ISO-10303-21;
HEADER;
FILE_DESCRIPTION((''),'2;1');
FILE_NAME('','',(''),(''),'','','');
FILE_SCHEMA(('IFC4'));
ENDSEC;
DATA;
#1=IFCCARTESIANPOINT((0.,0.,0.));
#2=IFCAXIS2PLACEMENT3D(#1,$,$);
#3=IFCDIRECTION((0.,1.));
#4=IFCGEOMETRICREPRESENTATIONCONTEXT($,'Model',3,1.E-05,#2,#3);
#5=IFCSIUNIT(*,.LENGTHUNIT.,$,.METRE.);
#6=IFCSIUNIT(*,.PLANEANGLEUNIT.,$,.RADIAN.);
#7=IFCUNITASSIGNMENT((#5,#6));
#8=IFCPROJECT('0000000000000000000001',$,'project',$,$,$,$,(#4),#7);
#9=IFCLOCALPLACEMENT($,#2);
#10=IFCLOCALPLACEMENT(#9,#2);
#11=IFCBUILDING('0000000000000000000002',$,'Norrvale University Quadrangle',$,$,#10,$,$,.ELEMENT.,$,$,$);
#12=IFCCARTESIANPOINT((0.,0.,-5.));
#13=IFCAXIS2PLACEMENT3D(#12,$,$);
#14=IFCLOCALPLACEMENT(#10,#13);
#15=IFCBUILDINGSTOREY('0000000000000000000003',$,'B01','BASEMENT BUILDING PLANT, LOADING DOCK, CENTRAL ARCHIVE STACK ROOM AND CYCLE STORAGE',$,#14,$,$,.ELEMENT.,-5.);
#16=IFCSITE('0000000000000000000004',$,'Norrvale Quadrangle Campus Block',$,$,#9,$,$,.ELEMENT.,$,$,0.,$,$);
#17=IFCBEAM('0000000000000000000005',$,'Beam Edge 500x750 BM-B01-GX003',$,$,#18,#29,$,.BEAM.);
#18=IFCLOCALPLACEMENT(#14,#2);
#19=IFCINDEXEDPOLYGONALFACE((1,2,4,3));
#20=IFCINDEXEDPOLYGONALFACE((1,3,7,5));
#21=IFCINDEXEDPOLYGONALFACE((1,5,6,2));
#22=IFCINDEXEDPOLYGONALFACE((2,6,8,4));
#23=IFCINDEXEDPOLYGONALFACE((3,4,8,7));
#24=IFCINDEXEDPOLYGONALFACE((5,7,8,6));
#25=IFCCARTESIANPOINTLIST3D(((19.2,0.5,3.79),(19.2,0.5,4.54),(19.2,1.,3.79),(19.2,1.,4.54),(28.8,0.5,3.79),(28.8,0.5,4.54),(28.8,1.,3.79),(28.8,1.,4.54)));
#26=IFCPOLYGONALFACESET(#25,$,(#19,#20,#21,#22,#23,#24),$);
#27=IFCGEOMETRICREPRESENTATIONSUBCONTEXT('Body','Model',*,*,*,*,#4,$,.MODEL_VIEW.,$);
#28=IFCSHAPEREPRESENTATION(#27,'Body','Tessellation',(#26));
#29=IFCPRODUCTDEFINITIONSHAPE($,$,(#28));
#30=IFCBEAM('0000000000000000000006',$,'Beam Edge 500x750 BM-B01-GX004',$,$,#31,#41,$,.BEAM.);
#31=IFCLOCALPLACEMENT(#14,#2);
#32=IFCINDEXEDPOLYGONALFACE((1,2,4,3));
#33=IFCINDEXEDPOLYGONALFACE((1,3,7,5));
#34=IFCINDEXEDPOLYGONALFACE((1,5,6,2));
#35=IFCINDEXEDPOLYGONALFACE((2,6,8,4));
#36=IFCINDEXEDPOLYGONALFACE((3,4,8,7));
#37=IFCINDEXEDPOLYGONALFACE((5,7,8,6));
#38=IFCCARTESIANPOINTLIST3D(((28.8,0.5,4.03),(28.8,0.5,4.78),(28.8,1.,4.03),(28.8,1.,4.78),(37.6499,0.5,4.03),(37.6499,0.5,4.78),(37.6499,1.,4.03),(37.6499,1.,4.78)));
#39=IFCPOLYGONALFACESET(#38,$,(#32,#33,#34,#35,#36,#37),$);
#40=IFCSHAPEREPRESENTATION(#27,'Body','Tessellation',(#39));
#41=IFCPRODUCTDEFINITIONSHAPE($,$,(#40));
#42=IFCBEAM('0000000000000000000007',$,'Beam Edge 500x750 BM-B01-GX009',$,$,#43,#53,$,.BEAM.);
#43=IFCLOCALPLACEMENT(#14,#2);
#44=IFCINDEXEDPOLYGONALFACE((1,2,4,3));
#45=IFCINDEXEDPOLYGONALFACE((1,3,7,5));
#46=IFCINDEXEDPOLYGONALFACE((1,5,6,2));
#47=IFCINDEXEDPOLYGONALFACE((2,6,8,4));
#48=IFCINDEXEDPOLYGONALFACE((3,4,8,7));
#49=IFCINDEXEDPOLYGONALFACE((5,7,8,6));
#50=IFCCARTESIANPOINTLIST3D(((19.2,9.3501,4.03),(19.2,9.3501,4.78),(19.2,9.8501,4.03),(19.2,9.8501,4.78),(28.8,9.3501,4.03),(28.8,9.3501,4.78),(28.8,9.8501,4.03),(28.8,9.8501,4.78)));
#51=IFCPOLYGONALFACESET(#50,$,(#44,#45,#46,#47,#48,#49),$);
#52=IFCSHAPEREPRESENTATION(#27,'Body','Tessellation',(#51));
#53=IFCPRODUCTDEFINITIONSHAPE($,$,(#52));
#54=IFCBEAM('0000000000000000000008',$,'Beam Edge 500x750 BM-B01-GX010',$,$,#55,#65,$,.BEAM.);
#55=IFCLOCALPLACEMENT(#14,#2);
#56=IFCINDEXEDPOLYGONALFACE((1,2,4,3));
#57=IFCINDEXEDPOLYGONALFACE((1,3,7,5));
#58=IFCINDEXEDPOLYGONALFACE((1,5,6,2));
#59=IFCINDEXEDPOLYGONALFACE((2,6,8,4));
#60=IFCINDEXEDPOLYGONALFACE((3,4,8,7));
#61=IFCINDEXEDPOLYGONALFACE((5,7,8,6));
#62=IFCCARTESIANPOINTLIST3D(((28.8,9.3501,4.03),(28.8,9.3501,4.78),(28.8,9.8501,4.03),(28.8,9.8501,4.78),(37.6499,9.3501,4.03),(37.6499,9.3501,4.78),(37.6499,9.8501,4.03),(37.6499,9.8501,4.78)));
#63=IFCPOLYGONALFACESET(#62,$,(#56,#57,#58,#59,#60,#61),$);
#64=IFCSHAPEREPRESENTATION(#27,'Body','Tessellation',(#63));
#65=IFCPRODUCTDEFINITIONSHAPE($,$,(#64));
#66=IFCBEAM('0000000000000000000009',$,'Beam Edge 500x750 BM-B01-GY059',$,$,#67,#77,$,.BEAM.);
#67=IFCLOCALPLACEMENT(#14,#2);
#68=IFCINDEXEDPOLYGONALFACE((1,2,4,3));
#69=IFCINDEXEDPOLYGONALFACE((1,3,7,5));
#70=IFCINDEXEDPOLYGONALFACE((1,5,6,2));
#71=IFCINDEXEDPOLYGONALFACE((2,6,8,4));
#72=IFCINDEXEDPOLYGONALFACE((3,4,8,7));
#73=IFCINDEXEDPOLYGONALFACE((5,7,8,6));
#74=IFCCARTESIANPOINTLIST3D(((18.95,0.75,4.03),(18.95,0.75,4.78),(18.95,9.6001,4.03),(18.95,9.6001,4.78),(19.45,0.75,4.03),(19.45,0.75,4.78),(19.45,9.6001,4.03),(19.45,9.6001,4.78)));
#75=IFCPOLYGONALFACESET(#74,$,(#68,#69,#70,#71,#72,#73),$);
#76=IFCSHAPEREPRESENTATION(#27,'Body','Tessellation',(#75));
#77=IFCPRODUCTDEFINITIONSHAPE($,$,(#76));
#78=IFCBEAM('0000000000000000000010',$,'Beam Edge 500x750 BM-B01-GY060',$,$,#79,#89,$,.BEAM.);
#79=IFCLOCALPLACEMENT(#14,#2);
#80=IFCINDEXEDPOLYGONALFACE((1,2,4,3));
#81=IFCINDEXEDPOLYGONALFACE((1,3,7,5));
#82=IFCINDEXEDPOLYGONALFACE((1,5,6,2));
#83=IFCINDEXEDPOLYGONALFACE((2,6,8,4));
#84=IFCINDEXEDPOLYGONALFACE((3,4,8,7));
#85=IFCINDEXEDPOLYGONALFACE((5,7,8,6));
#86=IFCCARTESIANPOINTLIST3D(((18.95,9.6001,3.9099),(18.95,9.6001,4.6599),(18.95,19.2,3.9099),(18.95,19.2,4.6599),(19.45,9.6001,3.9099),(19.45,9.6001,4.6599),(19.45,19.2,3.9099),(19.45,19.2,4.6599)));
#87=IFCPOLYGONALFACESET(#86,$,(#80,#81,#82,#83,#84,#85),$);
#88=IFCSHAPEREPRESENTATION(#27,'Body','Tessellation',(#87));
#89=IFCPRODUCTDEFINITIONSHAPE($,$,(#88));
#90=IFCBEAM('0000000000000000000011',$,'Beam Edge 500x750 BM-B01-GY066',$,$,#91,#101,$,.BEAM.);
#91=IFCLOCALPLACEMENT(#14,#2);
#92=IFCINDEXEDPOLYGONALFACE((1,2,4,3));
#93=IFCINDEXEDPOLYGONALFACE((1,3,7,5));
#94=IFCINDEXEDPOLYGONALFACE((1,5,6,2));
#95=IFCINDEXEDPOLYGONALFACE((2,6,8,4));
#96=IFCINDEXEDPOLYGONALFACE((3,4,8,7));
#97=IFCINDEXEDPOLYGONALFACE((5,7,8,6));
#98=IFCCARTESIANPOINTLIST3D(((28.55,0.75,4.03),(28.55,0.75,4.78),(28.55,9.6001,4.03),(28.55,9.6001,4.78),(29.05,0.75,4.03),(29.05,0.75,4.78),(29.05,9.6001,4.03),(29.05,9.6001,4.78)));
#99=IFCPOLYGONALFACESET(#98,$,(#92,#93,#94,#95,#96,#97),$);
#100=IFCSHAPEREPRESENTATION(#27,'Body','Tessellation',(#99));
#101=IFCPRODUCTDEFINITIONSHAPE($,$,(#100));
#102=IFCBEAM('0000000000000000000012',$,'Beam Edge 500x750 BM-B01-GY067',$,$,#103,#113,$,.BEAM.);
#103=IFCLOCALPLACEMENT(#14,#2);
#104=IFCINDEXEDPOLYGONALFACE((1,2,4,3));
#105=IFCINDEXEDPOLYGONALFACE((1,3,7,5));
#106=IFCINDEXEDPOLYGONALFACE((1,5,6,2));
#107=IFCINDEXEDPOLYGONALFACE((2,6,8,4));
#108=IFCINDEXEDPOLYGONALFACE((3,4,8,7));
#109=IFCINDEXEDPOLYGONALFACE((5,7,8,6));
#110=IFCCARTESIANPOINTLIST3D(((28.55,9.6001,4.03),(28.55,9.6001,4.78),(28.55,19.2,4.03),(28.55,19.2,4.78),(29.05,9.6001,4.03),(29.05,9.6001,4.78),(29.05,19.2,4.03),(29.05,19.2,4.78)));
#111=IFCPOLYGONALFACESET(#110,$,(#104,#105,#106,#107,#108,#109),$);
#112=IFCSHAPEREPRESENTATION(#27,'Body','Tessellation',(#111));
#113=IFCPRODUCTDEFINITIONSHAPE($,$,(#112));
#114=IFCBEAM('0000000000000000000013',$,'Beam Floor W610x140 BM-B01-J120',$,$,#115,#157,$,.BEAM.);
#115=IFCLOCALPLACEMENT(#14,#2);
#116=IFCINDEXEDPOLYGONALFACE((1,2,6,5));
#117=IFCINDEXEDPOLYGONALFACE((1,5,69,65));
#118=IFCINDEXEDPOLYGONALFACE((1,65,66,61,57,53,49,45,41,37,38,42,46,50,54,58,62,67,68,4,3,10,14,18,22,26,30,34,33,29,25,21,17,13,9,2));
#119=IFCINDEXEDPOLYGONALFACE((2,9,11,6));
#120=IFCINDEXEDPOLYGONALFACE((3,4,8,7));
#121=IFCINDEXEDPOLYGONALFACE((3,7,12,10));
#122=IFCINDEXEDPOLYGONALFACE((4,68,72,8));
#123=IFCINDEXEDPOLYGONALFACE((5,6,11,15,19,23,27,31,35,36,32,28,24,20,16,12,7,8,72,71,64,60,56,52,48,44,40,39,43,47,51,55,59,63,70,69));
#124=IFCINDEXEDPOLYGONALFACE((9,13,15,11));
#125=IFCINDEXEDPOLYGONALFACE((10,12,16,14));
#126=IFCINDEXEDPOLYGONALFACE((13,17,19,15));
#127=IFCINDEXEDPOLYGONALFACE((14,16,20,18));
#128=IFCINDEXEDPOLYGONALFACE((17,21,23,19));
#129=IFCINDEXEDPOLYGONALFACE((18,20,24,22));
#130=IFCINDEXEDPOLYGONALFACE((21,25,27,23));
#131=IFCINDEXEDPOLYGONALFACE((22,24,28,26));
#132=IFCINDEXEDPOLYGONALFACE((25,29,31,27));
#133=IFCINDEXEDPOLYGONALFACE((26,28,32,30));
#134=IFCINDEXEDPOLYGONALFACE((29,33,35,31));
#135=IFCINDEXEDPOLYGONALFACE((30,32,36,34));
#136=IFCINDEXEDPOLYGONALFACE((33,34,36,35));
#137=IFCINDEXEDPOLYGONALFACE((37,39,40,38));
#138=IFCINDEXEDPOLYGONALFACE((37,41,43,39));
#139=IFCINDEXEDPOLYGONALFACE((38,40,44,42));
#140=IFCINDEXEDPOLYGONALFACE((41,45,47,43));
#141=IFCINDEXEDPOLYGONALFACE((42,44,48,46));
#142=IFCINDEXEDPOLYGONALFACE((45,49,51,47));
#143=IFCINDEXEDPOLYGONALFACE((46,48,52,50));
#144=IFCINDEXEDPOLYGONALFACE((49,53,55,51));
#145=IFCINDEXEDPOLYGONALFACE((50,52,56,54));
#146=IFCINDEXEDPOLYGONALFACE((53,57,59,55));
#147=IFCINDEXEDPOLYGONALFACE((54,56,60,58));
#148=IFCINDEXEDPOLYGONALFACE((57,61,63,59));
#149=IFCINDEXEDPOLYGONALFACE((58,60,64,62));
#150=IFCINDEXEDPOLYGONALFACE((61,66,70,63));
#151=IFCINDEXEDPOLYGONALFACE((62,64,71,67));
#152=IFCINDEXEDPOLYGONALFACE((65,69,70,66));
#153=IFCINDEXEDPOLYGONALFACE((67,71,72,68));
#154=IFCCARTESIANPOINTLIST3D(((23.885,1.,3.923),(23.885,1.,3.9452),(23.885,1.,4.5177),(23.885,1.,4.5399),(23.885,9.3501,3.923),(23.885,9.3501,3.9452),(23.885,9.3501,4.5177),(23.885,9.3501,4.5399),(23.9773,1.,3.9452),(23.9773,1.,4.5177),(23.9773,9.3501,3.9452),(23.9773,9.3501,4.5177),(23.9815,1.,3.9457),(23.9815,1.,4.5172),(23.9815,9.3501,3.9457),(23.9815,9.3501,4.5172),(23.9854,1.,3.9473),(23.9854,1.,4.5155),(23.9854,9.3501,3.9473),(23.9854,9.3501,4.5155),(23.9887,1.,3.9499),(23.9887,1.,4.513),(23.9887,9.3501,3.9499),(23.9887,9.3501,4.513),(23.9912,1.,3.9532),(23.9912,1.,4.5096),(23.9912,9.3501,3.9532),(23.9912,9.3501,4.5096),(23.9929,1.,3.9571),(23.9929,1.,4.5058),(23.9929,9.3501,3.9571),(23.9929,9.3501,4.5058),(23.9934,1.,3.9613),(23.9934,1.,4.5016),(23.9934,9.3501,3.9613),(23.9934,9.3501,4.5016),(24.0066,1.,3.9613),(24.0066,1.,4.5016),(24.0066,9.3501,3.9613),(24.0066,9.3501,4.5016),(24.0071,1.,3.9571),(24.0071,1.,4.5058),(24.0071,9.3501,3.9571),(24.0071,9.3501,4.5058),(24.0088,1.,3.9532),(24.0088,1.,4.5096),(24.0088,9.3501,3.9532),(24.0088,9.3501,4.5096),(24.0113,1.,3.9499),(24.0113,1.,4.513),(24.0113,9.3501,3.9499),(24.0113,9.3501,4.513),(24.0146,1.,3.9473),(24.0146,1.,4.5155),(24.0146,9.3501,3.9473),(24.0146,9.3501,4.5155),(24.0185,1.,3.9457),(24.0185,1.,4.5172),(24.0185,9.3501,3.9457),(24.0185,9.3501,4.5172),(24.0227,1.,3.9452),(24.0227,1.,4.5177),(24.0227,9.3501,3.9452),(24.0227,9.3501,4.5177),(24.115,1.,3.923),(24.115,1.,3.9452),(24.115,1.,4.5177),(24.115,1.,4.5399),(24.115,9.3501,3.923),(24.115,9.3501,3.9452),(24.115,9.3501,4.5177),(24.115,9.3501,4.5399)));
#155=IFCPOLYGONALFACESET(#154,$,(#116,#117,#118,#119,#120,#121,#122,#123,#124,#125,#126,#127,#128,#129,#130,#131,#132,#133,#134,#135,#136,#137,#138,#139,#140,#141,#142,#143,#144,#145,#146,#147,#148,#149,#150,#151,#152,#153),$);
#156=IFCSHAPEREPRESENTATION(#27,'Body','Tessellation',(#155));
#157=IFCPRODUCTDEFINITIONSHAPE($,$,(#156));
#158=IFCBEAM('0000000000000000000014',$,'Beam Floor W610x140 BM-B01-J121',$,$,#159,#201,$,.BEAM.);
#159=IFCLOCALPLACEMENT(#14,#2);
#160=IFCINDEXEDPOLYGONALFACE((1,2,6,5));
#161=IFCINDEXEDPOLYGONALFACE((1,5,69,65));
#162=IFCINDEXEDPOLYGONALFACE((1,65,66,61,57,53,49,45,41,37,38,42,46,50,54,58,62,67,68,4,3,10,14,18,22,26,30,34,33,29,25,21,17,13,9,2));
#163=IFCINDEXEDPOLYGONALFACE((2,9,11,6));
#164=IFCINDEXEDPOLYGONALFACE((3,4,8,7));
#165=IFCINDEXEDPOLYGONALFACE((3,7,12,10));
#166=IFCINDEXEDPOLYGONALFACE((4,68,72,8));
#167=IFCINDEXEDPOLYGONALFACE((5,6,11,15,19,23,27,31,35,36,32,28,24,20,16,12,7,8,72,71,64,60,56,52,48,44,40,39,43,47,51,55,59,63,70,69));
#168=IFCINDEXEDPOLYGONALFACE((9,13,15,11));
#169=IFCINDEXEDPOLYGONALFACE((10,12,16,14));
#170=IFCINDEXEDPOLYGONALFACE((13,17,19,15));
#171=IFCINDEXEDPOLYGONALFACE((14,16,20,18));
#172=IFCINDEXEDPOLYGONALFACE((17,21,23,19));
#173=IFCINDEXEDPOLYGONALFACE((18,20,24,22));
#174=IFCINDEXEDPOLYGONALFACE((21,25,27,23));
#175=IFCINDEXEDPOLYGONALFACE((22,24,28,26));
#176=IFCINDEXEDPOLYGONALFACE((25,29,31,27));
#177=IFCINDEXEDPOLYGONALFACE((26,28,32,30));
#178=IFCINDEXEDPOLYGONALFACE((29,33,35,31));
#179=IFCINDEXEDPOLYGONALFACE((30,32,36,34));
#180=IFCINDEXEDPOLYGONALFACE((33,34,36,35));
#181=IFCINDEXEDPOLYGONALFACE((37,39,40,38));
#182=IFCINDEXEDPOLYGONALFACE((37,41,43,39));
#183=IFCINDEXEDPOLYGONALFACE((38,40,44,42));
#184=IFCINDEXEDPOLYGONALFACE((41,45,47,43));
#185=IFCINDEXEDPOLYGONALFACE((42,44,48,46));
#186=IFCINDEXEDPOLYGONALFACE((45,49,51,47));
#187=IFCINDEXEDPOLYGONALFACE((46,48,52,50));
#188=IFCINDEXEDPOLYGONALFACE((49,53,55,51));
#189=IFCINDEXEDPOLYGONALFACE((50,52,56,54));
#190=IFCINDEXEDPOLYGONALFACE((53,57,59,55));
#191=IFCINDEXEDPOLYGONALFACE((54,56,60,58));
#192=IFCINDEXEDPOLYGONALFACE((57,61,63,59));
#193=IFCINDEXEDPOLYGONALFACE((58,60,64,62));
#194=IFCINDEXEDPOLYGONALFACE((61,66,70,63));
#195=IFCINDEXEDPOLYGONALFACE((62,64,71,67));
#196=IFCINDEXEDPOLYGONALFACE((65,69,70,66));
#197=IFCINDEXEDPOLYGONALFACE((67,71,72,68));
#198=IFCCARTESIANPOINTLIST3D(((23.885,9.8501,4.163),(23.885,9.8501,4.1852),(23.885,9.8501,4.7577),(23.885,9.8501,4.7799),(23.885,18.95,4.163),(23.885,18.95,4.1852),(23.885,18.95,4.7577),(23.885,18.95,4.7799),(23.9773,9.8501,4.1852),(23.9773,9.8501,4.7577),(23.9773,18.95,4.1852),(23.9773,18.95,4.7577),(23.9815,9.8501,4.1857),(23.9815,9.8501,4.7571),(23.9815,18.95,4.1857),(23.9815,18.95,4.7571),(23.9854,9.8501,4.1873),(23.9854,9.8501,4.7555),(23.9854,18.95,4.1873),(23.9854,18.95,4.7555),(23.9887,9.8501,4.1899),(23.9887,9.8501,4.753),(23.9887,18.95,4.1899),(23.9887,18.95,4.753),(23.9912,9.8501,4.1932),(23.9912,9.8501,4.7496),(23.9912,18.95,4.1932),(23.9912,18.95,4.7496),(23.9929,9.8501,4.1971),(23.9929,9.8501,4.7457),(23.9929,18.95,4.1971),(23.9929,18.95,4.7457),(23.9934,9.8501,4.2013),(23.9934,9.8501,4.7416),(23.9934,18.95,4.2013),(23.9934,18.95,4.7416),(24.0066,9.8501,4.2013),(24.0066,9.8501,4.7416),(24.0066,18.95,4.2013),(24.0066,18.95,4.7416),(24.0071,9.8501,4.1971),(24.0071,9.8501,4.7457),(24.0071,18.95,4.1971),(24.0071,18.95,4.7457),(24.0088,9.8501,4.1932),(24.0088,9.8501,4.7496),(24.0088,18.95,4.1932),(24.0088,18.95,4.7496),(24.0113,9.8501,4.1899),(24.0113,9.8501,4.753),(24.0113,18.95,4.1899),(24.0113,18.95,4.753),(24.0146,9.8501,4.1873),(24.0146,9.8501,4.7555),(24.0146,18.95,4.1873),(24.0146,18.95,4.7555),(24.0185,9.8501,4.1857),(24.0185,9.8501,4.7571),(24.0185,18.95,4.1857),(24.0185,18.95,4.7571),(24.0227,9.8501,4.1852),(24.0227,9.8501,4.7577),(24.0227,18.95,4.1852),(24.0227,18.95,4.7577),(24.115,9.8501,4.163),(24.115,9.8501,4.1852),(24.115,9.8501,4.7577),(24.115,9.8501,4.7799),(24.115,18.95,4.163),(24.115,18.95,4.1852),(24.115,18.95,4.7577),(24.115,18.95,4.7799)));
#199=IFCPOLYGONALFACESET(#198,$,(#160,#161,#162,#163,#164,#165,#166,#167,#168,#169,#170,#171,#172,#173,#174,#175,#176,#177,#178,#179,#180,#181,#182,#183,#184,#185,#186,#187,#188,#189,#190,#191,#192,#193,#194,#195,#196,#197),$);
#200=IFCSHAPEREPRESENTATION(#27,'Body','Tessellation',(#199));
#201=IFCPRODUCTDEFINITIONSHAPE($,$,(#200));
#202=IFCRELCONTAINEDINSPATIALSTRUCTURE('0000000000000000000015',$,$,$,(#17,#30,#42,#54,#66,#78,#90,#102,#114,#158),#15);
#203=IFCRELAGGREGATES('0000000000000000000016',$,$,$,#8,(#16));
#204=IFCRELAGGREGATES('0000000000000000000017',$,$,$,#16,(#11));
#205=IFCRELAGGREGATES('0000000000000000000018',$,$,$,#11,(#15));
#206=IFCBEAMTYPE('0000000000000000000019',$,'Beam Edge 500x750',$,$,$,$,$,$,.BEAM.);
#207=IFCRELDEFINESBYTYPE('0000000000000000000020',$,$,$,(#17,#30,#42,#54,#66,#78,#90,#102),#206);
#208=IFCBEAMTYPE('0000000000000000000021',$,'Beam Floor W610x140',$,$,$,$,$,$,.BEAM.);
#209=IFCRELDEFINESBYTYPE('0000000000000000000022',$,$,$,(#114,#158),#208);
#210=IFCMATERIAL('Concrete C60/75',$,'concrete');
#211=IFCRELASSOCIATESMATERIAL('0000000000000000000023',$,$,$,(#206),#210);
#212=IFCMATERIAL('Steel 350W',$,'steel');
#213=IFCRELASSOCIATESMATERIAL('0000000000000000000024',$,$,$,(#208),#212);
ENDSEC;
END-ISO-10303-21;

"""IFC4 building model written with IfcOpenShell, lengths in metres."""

from ifc_helpers import new_model, si_unit, direction, frame, origin, origin_2d, place, context, subcontext, project, spatial, rectangle, i_section, extrude, material, material_profile, profile_set, type_object, element, save


model = new_model("IFC4")

# Units and contexts
model_context = context("Model", 3, precision=1e-05, world=origin(), true_north=direction((0.0, 1.0)))
body_context = subcontext(model_context, "Body", "Model", "MODEL_VIEW")
ifc_project = project(units=[si_unit("LENGTHUNIT", "METRE"), si_unit("PLANEANGLEUNIT", "RADIAN")], contexts=[model_context])

# Site, building, storey
site_placement = place(None, origin())
site = spatial("IfcSite", under=ifc_project, at=site_placement, Name="Norrvale Quadrangle Campus Block", CompositionType="ELEMENT", RefElevation=0.0)
building_placement = place(site_placement, origin())
building = spatial("IfcBuilding", under=site, at=building_placement, Name="Norrvale University Quadrangle", CompositionType="ELEMENT")
storey_placement = place(building_placement, frame((0.0, 0.0, -5.0)))
storey = spatial("IfcBuildingStorey", under=building, at=storey_placement, Name="B01", Description="BASEMENT BUILDING PLANT, LOADING DOCK, CENTRAL ARCHIVE STACK ROOM AND CYCLE STORAGE", CompositionType="ELEMENT", Elevation=-5.0)

# Beams
ifc_material_1 = material(Name="Concrete C60/75", Category="concrete")
ifc_material_profile_1 = material_profile(ifc_material_1, rectangle(XDim=0.5, YDim=0.75, at=origin_2d()), Name="Concrete C60/75")
ifc_profile_set_1 = profile_set([ifc_material_profile_1], Name="Concrete C60/75")
beam_type_1 = type_object("IfcBeamType", Name="Beam Edge 500x750", PredefinedType="BEAM", material=ifc_profile_set_1)
beam_1_placement = place(storey_placement, frame((19.2, 0.75, 4.165), z_axis=(1.0, 0.0, 0.0), x_axis=(0.0, 1.0, 0.0)))
element("IfcBeam", 1, at=beam_1_placement, inside=storey, type_object=beam_type_1, Name="Beam Edge 500x750 BM-B01-GX003", PredefinedType="BEAM", context=body_context, shape_type="SweptSolid", body=[
    extrude(rectangle(XDim=0.5, YDim=0.75, at=origin_2d()), origin(), (0.0, 0.0, 1.0), 9.6001),
])
beam_2_placement = place(storey_placement, frame((28.8, 0.75, 4.405), z_axis=(1.0, 0.0, 0.0), x_axis=(0.0, 1.0, 0.0)))
element("IfcBeam", 2, at=beam_2_placement, inside=storey, type_object=beam_type_1, Name="Beam Edge 500x750 BM-B01-GX004", PredefinedType="BEAM", context=body_context, shape_type="SweptSolid", body=[
    extrude(rectangle(XDim=0.5, YDim=0.75, at=origin_2d()), origin(), (0.0, 0.0, 1.0), 8.8499),
])
beam_3_placement = place(storey_placement, frame((19.2, 9.6001, 4.405), z_axis=(1.0, 0.0, 0.0), x_axis=(0.0, 1.0, 0.0)))
element("IfcBeam", 3, at=beam_3_placement, inside=storey, type_object=beam_type_1, Name="Beam Edge 500x750 BM-B01-GX009", PredefinedType="BEAM", context=body_context, shape_type="SweptSolid", body=[
    extrude(rectangle(XDim=0.5, YDim=0.75, at=origin_2d()), origin(), (0.0, 0.0, 1.0), 9.6001),
])
beam_4_placement = place(storey_placement, frame((28.8, 9.6001, 4.405), z_axis=(1.0, 0.0, 0.0), x_axis=(0.0, 1.0, 0.0)))
element("IfcBeam", 4, at=beam_4_placement, inside=storey, type_object=beam_type_1, Name="Beam Edge 500x750 BM-B01-GX010", PredefinedType="BEAM", context=body_context, shape_type="SweptSolid", body=[
    extrude(rectangle(XDim=0.5, YDim=0.75, at=origin_2d()), origin(), (0.0, 0.0, 1.0), 8.8499),
])
beam_5_placement = place(storey_placement, frame((19.2, 0.75, 4.405), z_axis=(0.0, 1.0, 0.0), x_axis=(-1.0, 0.0, 0.0)))
element("IfcBeam", 5, at=beam_5_placement, inside=storey, type_object=beam_type_1, Name="Beam Edge 500x750 BM-B01-GY059", PredefinedType="BEAM", context=body_context, shape_type="SweptSolid", body=[
    extrude(rectangle(XDim=0.5, YDim=0.75, at=origin_2d()), origin(), (0.0, 0.0, 1.0), 8.8501),
])
beam_6_placement = place(storey_placement, frame((19.2, 9.6001, 4.2849), z_axis=(0.0, 1.0, 0.0), x_axis=(-1.0, 0.0, 0.0)))
element("IfcBeam", 6, at=beam_6_placement, inside=storey, type_object=beam_type_1, Name="Beam Edge 500x750 BM-B01-GY060", PredefinedType="BEAM", context=body_context, shape_type="SweptSolid", body=[
    extrude(rectangle(XDim=0.5, YDim=0.75, at=origin_2d()), origin(), (0.0, 0.0, 1.0), 9.5999),
])
beam_7_placement = place(storey_placement, frame((28.8, 0.75, 4.405), z_axis=(0.0, 1.0, 0.0), x_axis=(-1.0, 0.0, 0.0)))
element("IfcBeam", 7, at=beam_7_placement, inside=storey, type_object=beam_type_1, Name="Beam Edge 500x750 BM-B01-GY066", PredefinedType="BEAM", context=body_context, shape_type="SweptSolid", body=[
    extrude(rectangle(XDim=0.5, YDim=0.75, at=origin_2d()), origin(), (0.0, 0.0, 1.0), 8.8501),
])
beam_8_placement = place(storey_placement, frame((28.8, 9.6001, 4.405), z_axis=(0.0, 1.0, 0.0), x_axis=(-1.0, 0.0, 0.0)))
element("IfcBeam", 8, at=beam_8_placement, inside=storey, type_object=beam_type_1, Name="Beam Edge 500x750 BM-B01-GY067", PredefinedType="BEAM", context=body_context, shape_type="SweptSolid", body=[
    extrude(rectangle(XDim=0.5, YDim=0.75, at=origin_2d()), origin(), (0.0, 0.0, 1.0), 9.5999),
])
ifc_material_2 = material(Name="Steel 350W", Category="steel")
ifc_material_profile_2 = material_profile(ifc_material_2, i_section(OverallWidth=0.23, OverallDepth=0.6169, WebThickness=0.0132, FlangeThickness=0.0222, FilletRadius=0.0161, at=origin_2d()), Name="Steel 350W")
ifc_profile_set_2 = profile_set([ifc_material_profile_2], Name="Steel 350W")
beam_type_2 = type_object("IfcBeamType", Name="Beam Floor W610x140", PredefinedType="BEAM", material=ifc_profile_set_2)
beam_9_placement = place(storey_placement, frame((24.0, 1.0, 4.2314), z_axis=(0.0, 1.0, 0.0), x_axis=(-1.0, 0.0, 0.0)))
element("IfcBeam", 9, at=beam_9_placement, inside=storey, type_object=beam_type_2, Name="Beam Floor W610x140 BM-B01-J120", PredefinedType="BEAM", context=body_context, shape_type="SweptSolid", body=[
    extrude(i_section(OverallWidth=0.23, OverallDepth=0.6169, WebThickness=0.0132, FlangeThickness=0.0222, FilletRadius=0.0161, at=origin_2d()), origin(), (0.0, 0.0, 1.0), 8.3501),
])
beam_10_placement = place(storey_placement, frame((24.0, 9.8501, 4.4714), z_axis=(0.0, 1.0, 0.0), x_axis=(-1.0, 0.0, 0.0)))
element("IfcBeam", 10, at=beam_10_placement, inside=storey, type_object=beam_type_2, Name="Beam Floor W610x140 BM-B01-J121", PredefinedType="BEAM", context=body_context, shape_type="SweptSolid", body=[
    extrude(i_section(OverallWidth=0.23, OverallDepth=0.6169, WebThickness=0.0132, FlangeThickness=0.0222, FilletRadius=0.0161, at=origin_2d()), origin(), (0.0, 0.0, 1.0), 9.0999),
])

save(model, "model.ifc")
